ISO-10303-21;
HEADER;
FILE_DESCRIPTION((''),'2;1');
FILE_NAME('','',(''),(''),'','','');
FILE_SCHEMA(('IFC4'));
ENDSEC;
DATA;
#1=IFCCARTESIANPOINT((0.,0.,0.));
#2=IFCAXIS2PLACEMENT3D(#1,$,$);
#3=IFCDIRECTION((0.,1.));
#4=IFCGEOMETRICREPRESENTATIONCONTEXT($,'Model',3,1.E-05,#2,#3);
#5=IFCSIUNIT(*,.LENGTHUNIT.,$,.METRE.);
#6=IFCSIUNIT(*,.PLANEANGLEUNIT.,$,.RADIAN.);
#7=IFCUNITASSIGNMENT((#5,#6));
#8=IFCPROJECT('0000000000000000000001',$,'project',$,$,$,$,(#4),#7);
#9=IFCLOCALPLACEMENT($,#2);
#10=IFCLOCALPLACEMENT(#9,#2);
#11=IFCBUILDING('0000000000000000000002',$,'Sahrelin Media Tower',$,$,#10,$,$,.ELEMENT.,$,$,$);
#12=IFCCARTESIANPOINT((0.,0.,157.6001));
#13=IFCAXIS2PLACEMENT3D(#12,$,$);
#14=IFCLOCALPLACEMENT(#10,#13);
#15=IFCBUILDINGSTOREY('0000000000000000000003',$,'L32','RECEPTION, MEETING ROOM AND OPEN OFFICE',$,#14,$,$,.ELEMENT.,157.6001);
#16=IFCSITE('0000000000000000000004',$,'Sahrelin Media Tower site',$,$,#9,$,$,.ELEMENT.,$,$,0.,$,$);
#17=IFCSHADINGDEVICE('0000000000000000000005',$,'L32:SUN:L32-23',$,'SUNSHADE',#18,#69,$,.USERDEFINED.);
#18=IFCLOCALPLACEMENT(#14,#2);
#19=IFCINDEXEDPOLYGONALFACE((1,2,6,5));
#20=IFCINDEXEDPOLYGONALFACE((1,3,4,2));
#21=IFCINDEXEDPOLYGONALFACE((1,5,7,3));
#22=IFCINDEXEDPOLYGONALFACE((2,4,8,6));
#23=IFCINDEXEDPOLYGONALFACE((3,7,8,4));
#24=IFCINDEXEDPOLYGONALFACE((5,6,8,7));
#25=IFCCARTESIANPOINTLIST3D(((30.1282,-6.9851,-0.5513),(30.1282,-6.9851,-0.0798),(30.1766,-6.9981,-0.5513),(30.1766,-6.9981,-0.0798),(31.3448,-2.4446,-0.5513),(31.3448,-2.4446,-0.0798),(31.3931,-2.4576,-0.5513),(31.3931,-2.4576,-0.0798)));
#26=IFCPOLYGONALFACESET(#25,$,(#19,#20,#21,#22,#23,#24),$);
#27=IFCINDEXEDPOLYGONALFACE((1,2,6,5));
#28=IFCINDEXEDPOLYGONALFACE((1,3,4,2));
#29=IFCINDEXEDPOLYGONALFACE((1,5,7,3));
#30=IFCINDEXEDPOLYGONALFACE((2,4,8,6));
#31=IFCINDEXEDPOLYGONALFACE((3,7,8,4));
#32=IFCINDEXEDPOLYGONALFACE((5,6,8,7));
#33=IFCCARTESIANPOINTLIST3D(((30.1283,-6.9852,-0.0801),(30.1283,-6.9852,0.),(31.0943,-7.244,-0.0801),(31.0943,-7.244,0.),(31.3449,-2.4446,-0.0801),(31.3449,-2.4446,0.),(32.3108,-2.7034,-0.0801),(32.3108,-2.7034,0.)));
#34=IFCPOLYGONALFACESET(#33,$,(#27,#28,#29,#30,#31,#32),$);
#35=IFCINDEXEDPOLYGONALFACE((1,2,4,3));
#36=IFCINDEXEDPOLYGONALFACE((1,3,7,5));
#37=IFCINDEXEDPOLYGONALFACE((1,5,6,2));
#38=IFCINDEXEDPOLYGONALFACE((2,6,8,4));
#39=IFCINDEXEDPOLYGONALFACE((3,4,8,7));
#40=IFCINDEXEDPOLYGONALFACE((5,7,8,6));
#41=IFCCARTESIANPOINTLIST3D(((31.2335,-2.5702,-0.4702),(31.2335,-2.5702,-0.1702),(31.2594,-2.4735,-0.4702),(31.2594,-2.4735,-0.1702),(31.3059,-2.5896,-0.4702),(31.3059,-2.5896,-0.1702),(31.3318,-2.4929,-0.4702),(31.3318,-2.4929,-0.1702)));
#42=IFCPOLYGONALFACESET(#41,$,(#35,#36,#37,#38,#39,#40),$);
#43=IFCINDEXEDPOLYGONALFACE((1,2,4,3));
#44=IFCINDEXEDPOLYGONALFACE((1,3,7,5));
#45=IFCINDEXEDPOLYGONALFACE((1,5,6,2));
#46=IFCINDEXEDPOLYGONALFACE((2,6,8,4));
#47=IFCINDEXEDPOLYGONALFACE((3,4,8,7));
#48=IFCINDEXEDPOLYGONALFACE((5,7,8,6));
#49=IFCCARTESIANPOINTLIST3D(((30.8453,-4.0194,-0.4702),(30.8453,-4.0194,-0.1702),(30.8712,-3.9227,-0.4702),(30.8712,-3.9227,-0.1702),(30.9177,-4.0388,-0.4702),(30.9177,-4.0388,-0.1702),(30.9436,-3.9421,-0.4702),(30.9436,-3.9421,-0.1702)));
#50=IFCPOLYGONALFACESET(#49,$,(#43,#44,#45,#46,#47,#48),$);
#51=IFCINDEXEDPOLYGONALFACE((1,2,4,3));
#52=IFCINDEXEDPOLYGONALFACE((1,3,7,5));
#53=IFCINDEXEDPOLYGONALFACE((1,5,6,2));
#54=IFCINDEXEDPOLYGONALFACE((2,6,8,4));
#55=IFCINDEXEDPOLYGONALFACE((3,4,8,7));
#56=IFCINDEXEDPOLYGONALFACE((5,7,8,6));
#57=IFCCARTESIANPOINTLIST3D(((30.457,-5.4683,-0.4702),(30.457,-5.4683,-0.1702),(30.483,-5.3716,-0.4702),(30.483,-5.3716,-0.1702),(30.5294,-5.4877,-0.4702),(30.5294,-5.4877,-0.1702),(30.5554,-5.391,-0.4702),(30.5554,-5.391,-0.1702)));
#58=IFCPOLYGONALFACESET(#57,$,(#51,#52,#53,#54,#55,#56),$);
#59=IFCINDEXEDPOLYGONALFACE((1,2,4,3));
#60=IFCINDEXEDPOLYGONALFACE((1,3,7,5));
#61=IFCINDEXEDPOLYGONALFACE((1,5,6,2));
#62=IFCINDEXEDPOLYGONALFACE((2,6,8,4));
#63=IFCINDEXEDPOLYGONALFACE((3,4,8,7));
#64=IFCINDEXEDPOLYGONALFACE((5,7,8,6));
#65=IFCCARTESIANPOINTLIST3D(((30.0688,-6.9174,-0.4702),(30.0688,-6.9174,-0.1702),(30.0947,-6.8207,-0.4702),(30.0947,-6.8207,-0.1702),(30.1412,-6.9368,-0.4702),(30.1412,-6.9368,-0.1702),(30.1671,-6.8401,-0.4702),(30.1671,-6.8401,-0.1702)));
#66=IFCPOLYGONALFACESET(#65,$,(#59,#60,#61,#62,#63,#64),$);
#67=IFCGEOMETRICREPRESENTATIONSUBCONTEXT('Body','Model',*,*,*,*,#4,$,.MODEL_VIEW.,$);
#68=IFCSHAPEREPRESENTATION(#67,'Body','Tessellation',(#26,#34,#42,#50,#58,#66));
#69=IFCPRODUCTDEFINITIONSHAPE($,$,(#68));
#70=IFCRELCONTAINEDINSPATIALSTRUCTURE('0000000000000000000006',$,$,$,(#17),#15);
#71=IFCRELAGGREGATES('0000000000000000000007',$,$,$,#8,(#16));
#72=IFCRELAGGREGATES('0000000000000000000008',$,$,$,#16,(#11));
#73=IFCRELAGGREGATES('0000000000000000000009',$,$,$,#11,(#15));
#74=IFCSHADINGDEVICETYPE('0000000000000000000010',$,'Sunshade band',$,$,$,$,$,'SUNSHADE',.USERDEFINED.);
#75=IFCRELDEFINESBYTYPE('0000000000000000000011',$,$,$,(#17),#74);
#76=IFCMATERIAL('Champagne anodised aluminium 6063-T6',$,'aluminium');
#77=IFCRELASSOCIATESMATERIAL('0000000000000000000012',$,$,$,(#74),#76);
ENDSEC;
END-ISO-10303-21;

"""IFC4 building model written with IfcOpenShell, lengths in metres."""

from ifc_helpers import new_model, si_unit, direction, frame, origin, origin_2d, place, context, subcontext, project, spatial, rectangle, extrude, material, type_object, element, save


model = new_model("IFC4")

# Units and contexts
model_context = context("Model", 3, precision=1e-05, world=origin(), true_north=direction((0.0, 1.0)))
body_context = subcontext(model_context, "Body", "Model", "MODEL_VIEW")
ifc_project = project(units=[si_unit("LENGTHUNIT", "METRE"), si_unit("PLANEANGLEUNIT", "RADIAN")], contexts=[model_context])

# Site, building, storey
site_placement = place(None, origin())
site = spatial("IfcSite", under=ifc_project, at=site_placement, Name="Sahrelin Media Tower site", CompositionType="ELEMENT", RefElevation=0.0)
building_placement = place(site_placement, origin())
building = spatial("IfcBuilding", under=site, at=building_placement, Name="Sahrelin Media Tower", CompositionType="ELEMENT")
storey_placement = place(building_placement, frame((0.0, 0.0, 157.6001)))
storey = spatial("IfcBuildingStorey", under=building, at=storey_placement, Name="L32", Description="RECEPTION, MEETING ROOM AND OPEN OFFICE", CompositionType="ELEMENT", Elevation=157.6001)

# Shared definitions
ifc_material_1 = material(Name="Champagne anodised aluminium 6063-T6", Category="aluminium")

# Shading device
placement_1 = place(storey_placement, frame((30.7173, -4.7097, 0.0), z_axis=(0.0, 0.0, 1.0), x_axis=(-0.258808, -0.965929, 0.0)))
shading_device_type_1 = type_object("IfcShadingDeviceType", Name="Sunshade band", ElementType="SUNSHADE", PredefinedType="USERDEFINED", material=ifc_material_1)
element("IfcShadingDevice", 1, at=placement_1, inside=storey, type_object=shading_device_type_1, Name="L32:SUN:L32-23", ObjectType="SUNSHADE", PredefinedType="USERDEFINED", context=body_context, shape_type="SweptSolid", body=[
    extrude(rectangle(XDim=4.7007, YDim=0.05, at=origin_2d()), frame((0.0, 0.0449, -0.5513)), (0.0, 0.0, 1.0), 0.4714),
    extrude(rectangle(XDim=4.7007, YDim=1.0, at=origin_2d()), frame((0.0, 0.52, -0.0801)), (0.0, 0.0, 1.0), 0.0801),
    extrude(rectangle(XDim=0.1001, YDim=0.075, at=origin_2d()), frame((-2.2502, -0.0176, -0.4702)), (0.0, 0.0, 1.0), 0.3),
    extrude(rectangle(XDim=0.1001, YDim=0.075, at=origin_2d()), frame((-0.75, -0.0176, -0.4702)), (0.0, 0.0, 1.0), 0.3),
    extrude(rectangle(XDim=0.1001, YDim=0.075, at=origin_2d()), frame((0.75, -0.0176, -0.4702)), (0.0, 0.0, 1.0), 0.3),
    extrude(rectangle(XDim=0.1001, YDim=0.075, at=origin_2d()), frame((2.2502, -0.0176, -0.4702)), (0.0, 0.0, 1.0), 0.3),
])

save(model, "model.ifc")
